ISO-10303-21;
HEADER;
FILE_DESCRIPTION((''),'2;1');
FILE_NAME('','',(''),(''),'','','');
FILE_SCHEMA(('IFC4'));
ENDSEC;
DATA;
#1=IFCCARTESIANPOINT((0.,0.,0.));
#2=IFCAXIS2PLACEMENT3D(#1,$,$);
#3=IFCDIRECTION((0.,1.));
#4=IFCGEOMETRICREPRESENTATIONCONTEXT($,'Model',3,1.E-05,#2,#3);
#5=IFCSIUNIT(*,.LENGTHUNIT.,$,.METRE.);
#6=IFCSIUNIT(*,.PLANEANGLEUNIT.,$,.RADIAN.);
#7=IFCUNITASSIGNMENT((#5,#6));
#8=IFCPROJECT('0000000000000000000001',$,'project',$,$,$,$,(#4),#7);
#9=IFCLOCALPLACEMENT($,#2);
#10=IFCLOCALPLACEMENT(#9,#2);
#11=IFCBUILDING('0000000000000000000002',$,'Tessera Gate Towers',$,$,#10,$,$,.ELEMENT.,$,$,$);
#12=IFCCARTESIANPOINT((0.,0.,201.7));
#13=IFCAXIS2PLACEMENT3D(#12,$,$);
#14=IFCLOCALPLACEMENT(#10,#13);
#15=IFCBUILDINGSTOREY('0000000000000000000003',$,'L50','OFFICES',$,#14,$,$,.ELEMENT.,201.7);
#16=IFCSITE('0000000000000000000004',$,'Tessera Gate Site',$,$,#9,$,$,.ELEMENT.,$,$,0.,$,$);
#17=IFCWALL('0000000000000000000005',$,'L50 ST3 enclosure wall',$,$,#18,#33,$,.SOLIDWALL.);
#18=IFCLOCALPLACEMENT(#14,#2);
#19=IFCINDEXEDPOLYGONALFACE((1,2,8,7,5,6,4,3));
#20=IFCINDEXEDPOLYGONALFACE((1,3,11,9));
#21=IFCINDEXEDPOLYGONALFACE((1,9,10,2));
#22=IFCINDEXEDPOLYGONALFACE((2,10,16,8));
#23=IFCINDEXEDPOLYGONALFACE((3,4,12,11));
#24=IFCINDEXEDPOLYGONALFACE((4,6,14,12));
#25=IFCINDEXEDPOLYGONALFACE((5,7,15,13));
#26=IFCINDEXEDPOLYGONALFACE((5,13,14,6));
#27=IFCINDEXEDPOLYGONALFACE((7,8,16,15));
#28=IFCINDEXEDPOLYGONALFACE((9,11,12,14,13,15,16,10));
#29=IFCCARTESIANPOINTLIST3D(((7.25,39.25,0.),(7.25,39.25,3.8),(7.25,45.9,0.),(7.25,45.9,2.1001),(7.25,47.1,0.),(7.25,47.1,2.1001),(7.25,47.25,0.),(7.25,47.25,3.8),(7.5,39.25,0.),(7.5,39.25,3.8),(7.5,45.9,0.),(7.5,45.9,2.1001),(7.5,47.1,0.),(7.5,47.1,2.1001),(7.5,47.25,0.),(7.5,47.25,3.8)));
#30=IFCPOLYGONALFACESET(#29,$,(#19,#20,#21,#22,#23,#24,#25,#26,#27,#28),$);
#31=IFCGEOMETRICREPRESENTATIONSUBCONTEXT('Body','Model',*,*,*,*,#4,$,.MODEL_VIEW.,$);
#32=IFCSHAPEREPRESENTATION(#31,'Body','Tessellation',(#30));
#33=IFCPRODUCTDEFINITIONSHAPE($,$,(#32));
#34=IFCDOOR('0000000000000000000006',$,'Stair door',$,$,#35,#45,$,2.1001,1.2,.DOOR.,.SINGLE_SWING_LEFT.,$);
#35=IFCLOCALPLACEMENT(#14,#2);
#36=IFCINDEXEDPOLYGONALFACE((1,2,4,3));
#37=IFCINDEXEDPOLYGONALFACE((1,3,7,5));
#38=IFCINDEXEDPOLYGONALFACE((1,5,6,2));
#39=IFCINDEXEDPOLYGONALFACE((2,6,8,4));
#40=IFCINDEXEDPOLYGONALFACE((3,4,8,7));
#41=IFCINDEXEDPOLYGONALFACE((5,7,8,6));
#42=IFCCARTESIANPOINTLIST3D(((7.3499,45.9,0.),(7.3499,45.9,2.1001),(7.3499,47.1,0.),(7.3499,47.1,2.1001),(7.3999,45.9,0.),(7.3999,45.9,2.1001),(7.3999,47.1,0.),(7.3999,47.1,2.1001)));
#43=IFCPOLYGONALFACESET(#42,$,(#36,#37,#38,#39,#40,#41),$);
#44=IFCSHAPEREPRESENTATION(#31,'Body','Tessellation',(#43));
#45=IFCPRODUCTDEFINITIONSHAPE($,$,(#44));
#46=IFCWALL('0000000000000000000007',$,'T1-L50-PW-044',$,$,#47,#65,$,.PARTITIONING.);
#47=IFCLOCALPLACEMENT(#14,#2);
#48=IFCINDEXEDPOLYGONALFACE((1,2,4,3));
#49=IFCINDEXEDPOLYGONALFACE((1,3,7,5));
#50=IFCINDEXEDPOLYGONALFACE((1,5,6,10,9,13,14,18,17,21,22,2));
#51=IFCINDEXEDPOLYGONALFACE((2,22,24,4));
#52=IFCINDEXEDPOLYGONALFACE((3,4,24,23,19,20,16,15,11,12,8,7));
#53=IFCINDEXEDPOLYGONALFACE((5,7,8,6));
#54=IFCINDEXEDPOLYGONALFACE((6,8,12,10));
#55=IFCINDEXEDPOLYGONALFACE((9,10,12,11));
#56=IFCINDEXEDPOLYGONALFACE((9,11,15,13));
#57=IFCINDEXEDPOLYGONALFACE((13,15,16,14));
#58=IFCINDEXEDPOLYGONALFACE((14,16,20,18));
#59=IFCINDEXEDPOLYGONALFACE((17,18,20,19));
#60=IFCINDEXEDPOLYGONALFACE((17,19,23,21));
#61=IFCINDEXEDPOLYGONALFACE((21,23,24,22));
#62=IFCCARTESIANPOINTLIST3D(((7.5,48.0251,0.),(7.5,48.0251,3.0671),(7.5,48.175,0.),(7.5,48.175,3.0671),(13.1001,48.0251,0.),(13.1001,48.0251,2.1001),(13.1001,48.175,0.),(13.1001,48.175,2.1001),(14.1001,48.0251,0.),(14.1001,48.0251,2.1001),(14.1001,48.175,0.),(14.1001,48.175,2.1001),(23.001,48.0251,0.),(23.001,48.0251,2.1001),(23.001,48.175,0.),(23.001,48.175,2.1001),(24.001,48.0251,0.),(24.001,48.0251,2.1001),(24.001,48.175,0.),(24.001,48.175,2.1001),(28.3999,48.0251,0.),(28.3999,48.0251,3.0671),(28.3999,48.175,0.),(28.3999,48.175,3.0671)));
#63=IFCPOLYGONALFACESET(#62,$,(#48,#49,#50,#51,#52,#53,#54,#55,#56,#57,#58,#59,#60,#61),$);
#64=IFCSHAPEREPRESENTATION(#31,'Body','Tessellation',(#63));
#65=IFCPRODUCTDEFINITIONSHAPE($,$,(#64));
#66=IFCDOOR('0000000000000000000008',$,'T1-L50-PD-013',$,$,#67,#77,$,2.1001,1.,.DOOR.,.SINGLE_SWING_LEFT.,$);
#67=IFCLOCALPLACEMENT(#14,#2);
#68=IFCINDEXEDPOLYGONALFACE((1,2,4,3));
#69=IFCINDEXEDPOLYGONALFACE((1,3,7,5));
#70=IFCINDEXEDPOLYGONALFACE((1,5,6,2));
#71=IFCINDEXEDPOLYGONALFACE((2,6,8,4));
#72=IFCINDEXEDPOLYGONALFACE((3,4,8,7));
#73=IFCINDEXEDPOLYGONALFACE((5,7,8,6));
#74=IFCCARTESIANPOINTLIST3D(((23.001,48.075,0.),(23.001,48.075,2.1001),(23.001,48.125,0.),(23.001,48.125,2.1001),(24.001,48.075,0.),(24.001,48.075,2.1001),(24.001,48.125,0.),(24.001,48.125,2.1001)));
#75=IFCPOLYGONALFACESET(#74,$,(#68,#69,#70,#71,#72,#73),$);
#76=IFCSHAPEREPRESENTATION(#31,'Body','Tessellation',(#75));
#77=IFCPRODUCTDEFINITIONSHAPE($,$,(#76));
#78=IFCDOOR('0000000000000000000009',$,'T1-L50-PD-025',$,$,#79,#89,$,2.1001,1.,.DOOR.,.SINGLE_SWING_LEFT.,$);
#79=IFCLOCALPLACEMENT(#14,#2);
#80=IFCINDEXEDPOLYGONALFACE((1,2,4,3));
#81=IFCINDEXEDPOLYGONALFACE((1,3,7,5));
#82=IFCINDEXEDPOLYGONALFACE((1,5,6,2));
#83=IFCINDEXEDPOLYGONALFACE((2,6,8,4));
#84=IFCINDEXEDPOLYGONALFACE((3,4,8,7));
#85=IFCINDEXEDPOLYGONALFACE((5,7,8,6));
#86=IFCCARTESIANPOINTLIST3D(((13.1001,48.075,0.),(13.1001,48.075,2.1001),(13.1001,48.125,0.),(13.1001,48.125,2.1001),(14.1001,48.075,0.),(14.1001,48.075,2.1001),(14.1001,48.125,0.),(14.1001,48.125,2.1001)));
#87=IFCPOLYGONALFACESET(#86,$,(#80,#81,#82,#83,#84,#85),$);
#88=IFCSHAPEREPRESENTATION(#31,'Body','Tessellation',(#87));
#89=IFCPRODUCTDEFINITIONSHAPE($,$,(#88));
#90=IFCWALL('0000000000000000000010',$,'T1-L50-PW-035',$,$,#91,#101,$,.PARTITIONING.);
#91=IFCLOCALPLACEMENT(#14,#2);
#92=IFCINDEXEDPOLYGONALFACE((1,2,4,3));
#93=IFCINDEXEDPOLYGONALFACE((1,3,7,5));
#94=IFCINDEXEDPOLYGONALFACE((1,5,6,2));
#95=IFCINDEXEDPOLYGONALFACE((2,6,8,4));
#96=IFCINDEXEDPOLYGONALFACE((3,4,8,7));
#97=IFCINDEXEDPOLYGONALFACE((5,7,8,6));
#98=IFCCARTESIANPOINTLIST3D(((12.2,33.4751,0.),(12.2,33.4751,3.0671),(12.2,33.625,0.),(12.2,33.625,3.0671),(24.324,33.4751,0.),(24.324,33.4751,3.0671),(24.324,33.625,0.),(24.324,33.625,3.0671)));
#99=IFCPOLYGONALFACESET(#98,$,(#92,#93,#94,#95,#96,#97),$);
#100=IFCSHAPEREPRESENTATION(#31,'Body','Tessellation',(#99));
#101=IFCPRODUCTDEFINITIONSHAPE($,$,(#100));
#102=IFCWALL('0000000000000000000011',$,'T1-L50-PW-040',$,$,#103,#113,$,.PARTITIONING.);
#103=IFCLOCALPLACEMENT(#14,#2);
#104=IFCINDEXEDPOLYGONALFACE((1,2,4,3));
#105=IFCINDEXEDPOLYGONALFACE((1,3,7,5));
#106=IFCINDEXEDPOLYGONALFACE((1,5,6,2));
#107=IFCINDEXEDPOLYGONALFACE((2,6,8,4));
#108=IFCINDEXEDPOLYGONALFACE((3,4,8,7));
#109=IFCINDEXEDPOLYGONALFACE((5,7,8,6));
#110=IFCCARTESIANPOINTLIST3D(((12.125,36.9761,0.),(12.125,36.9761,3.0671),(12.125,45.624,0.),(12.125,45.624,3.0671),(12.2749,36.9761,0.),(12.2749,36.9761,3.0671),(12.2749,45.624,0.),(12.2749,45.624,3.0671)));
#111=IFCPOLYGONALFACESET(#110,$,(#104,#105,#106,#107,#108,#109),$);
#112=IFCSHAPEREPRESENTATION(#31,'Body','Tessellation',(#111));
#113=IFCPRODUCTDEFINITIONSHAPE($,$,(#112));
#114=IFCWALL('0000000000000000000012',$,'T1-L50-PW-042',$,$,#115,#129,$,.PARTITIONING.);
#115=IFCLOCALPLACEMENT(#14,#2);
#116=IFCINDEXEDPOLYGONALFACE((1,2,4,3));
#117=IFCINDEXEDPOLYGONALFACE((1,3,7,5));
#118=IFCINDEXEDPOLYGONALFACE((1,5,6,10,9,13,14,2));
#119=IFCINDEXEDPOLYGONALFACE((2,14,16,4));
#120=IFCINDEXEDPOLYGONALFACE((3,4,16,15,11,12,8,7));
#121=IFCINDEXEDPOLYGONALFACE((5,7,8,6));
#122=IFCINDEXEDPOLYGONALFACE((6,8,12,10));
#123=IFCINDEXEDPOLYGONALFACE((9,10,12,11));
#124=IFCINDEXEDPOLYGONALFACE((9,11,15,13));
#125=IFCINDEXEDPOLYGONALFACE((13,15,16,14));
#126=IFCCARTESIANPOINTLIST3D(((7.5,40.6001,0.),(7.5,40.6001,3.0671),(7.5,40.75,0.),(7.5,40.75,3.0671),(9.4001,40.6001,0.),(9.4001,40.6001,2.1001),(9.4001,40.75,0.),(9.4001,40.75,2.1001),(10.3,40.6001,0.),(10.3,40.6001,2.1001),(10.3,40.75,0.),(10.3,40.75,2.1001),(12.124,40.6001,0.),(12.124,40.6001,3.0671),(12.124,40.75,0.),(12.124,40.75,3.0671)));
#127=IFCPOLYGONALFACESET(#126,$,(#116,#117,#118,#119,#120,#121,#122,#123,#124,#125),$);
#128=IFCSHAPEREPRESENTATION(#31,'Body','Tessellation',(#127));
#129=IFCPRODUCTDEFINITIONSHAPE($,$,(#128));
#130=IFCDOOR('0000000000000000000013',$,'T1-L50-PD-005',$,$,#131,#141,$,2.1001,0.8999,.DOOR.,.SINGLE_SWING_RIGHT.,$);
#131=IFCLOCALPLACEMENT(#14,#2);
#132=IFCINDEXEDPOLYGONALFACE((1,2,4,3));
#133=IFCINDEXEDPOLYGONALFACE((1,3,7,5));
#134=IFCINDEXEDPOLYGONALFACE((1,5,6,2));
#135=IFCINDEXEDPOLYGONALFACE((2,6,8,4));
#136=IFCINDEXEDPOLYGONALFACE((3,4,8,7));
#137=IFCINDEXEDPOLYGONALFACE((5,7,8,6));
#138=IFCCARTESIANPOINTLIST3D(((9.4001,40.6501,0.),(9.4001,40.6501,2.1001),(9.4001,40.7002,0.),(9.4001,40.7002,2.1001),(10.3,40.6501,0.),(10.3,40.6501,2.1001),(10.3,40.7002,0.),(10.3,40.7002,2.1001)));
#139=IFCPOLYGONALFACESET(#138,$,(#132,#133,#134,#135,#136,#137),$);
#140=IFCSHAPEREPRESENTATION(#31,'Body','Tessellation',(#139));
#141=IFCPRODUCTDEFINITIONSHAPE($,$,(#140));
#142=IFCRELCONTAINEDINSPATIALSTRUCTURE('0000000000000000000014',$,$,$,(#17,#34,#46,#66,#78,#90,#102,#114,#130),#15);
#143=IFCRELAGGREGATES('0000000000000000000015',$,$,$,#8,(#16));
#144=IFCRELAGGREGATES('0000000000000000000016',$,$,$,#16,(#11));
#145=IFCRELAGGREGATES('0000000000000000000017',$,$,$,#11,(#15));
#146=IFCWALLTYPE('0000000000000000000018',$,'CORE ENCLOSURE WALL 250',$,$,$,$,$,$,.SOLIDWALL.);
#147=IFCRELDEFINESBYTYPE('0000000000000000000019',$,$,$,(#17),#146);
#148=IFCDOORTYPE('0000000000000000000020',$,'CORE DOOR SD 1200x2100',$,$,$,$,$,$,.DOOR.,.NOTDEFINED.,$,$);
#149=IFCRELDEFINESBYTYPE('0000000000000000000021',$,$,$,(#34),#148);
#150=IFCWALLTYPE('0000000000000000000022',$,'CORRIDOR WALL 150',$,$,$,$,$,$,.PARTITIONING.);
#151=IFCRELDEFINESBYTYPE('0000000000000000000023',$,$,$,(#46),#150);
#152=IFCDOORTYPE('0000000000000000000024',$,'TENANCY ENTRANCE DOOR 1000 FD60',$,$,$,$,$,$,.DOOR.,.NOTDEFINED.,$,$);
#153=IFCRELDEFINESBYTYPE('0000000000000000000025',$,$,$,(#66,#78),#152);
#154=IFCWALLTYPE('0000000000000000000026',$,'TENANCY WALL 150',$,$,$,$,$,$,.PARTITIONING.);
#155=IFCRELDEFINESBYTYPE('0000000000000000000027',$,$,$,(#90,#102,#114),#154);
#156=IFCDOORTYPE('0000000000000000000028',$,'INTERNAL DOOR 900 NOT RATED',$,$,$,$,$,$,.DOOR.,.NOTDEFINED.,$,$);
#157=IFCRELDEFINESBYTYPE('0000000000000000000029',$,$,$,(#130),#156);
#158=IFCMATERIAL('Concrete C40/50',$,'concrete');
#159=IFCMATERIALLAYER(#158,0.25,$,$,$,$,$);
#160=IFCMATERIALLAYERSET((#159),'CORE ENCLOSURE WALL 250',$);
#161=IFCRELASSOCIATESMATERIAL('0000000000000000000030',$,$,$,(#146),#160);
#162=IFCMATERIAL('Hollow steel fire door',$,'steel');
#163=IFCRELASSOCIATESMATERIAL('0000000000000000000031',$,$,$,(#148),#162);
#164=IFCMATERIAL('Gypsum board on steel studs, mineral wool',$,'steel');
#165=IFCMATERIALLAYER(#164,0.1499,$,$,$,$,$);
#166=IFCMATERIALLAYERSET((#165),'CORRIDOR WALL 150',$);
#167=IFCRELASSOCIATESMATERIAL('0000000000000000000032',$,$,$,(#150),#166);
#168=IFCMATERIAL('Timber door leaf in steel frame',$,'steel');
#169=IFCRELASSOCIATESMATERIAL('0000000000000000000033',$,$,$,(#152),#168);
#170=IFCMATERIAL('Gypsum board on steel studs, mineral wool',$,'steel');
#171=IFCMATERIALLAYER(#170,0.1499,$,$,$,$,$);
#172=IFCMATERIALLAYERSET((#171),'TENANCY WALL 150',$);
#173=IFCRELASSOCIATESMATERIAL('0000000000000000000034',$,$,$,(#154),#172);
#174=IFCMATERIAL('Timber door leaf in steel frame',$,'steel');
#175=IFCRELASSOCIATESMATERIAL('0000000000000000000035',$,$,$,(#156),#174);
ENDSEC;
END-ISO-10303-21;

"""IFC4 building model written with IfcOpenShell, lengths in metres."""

from ifc_helpers import new_model, si_unit, direction, frame, frame_2d, origin, place, context, subcontext, project, spatial, rectangle, extrude, source, transform, mapped, material, layer, layer_set, type_object, element, fill, save


model = new_model("IFC4")

# Units and contexts
model_context = context("Model", 3, precision=1e-05, world=origin(), true_north=direction((0.0, 1.0)))
body_context = subcontext(model_context, "Body", "Model", "MODEL_VIEW")
ifc_project = project(units=[si_unit("LENGTHUNIT", "METRE"), si_unit("PLANEANGLEUNIT", "RADIAN")], contexts=[model_context])

# Site, building, storey
site_placement = place(None, origin())
site = spatial("IfcSite", under=ifc_project, at=site_placement, Name="Tessera Gate Site", CompositionType="ELEMENT", RefElevation=0.0)
building_placement = place(site_placement, origin())
building = spatial("IfcBuilding", under=site, at=building_placement, Name="Tessera Gate Towers", CompositionType="ELEMENT")
storey_placement = place(building_placement, frame((0.0, 0.0, 201.7)))
storey = spatial("IfcBuildingStorey", under=building, at=storey_placement, Name="L50", Description="OFFICES", CompositionType="ELEMENT", Elevation=201.7)

# Shared definitions
ifc_material_1 = material(Name="Concrete C40/50", Category="concrete")
ifc_layer_1 = layer(ifc_material_1, 0.25)
ifc_layer_set_1 = layer_set([ifc_layer_1], Name="CORE ENCLOSURE WALL 250")
wall_type_1 = type_object("IfcWallType", Name="CORE ENCLOSURE WALL 250", PredefinedType="SOLIDWALL", material=ifc_layer_set_1)

# Wall, opening, door
wall_1_placement = place(storey_placement, frame((7.375, 47.25, 0.0), z_axis=(0.0, 0.0, 1.0), x_axis=(0.0, -1.0, 0.0)))
wall_1 = element("IfcWall", 1, at=wall_1_placement, inside=storey, type_object=wall_type_1, Name="L50 ST3 enclosure wall", PredefinedType="SOLIDWALL", context=body_context, shape_type="SweptSolid", body=[
    extrude(rectangle(XDim=8.0, YDim=0.25, at=frame_2d((4.0, 0.0))), origin(), (0.0, 0.0, 1.0), 3.8),
])
shared_shape_1 = source(origin(), body_context, "Body", "SweptSolid", [
    extrude(rectangle(XDim=1.2, YDim=2.1001, at=frame_2d((0.6001, 1.05))), frame((0.0, 0.135, 0.0), z_axis=(0.0, -1.0, 0.0), x_axis=(1.0, 0.0, 0.0)), (0.0, 0.0, 1.0), 0.27),
])
opening_1_placement = place(wall_1_placement, frame((0.1499, 0.0, 0.0)))
opening_1 = element("IfcOpeningElement", 2, at=opening_1_placement, cuts=wall_1, PredefinedType="OPENING", context=body_context, shape_type="MappedRepresentation", body=[
    mapped(shared_shape_1, transform((0.0, 0.0, 0.0), scale=1.0)),
])
ifc_material_2 = material(Name="Hollow steel fire door", Category="steel")
door_type_1 = type_object("IfcDoorType", Name="CORE DOOR SD 1200x2100", OperationType="NOTDEFINED", PredefinedType="DOOR", material=ifc_material_2)
shared_shape_2 = source(origin(), body_context, "Body", "SweptSolid", [
    extrude(rectangle(XDim=1.2, YDim=2.1001, at=frame_2d((0.6001, 1.05))), frame((0.0, 0.0249, 0.0), z_axis=(0.0, -1.0, 0.0), x_axis=(1.0, 0.0, 0.0)), (0.0, 0.0, 1.0), 0.05),
])
door_1_placement = place(opening_1_placement, origin())
door_1 = element("IfcDoor", 3, at=door_1_placement, inside=storey, type_object=door_type_1, Name="Stair door", OperationType="SINGLE_SWING_LEFT", OverallHeight=2.1001, OverallWidth=1.2, PredefinedType="DOOR", context=body_context, shape_type="MappedRepresentation", body=[
    mapped(shared_shape_2, transform((0.0, 0.0, 0.0), scale=1.0)),
])
fill(opening_1, door_1)

# Wall, openings, doors
ifc_material_3 = material(Name="Gypsum board on steel studs, mineral wool", Category="steel")
ifc_layer_2 = layer(ifc_material_3, 0.1499)
ifc_layer_set_2 = layer_set([ifc_layer_2], Name="CORRIDOR WALL 150")
wall_type_2 = type_object("IfcWallType", Name="CORRIDOR WALL 150", PredefinedType="PARTITIONING", material=ifc_layer_set_2)
wall_2_placement = place(storey_placement, frame((7.5, 48.1001, 0.0), z_axis=(0.0, 0.0, 1.0), x_axis=(1.0, 0.0, 0.0)))
wall_2 = element("IfcWall", 4, at=wall_2_placement, inside=storey, type_object=wall_type_2, Name="T1-L50-PW-044", PredefinedType="PARTITIONING", context=body_context, shape_type="SweptSolid", body=[
    extrude(rectangle(XDim=20.8999, YDim=0.1499, at=frame_2d((10.45, 0.0))), origin(), (0.0, 0.0, 1.0), 3.0671),
])
shared_shape_3 = source(origin(), body_context, "Body", "SweptSolid", [
    extrude(rectangle(XDim=1.0, YDim=2.1001, at=frame_2d((0.5, 1.05))), frame((0.0, 0.085, 0.0), z_axis=(0.0, -1.0, 0.0), x_axis=(1.0, 0.0, 0.0)), (0.0, 0.0, 1.0), 0.1699),
])
opening_2_placement = place(wall_2_placement, frame((15.501, 0.0, 0.0)))
opening_2 = element("IfcOpeningElement", 5, at=opening_2_placement, cuts=wall_2, PredefinedType="OPENING", context=body_context, shape_type="MappedRepresentation", body=[
    mapped(shared_shape_3, transform((0.0, 0.0, 0.0), scale=1.0)),
])
opening_3_placement = place(wall_2_placement, frame((5.6001, 0.0, 0.0)))
opening_3 = element("IfcOpeningElement", 6, at=opening_3_placement, cuts=wall_2, PredefinedType="OPENING", context=body_context, shape_type="MappedRepresentation", body=[
    mapped(shared_shape_3, transform((0.0, 0.0, 0.0), scale=1.0)),
])
ifc_material_4 = material(Name="Timber door leaf in steel frame", Category="steel")
door_type_2 = type_object("IfcDoorType", Name="TENANCY ENTRANCE DOOR 1000 FD60", OperationType="NOTDEFINED", PredefinedType="DOOR", material=ifc_material_4)
shared_shape_4 = source(origin(), body_context, "Body", "SweptSolid", [
    extrude(rectangle(XDim=1.0, YDim=2.1001, at=frame_2d((0.5, 1.05))), frame((0.0, 0.0249, 0.0), z_axis=(0.0, -1.0, 0.0), x_axis=(1.0, 0.0, 0.0)), (0.0, 0.0, 1.0), 0.05),
])
door_2_placement = place(opening_2_placement, origin())
door_2 = element("IfcDoor", 7, at=door_2_placement, inside=storey, type_object=door_type_2, Name="T1-L50-PD-013", OperationType="SINGLE_SWING_LEFT", OverallHeight=2.1001, OverallWidth=1.0, PredefinedType="DOOR", context=body_context, shape_type="MappedRepresentation", body=[
    mapped(shared_shape_4, transform((0.0, 0.0, 0.0), scale=1.0)),
])
fill(opening_2, door_2)
door_3_placement = place(opening_3_placement, origin())
door_3 = element("IfcDoor", 8, at=door_3_placement, inside=storey, type_object=door_type_2, Name="T1-L50-PD-025", OperationType="SINGLE_SWING_LEFT", OverallHeight=2.1001, OverallWidth=1.0, PredefinedType="DOOR", context=body_context, shape_type="MappedRepresentation", body=[
    mapped(shared_shape_4, transform((0.0, 0.0, 0.0), scale=1.0)),
])
fill(opening_3, door_3)

# Walls
ifc_material_5 = material(Name="Gypsum board on steel studs, mineral wool", Category="steel")
ifc_layer_3 = layer(ifc_material_5, 0.1499)
ifc_layer_set_3 = layer_set([ifc_layer_3], Name="TENANCY WALL 150")
wall_type_3 = type_object("IfcWallType", Name="TENANCY WALL 150", PredefinedType="PARTITIONING", material=ifc_layer_set_3)
wall_3_placement = place(storey_placement, frame((12.2, 33.55, 0.0), z_axis=(0.0, 0.0, 1.0), x_axis=(1.0, 0.0, 0.0)))
element("IfcWall", 9, at=wall_3_placement, inside=storey, type_object=wall_type_3, Name="T1-L50-PW-035", PredefinedType="PARTITIONING", context=body_context, shape_type="SweptSolid", body=[
    extrude(rectangle(XDim=12.124, YDim=0.1499, at=frame_2d((6.062, 0.0))), origin(), (0.0, 0.0, 1.0), 3.0671),
])
wall_4_placement = place(storey_placement, frame((12.2, 36.9761, 0.0), z_axis=(0.0, 0.0, 1.0), x_axis=(0.0, 1.0, 0.0)))
element("IfcWall", 10, at=wall_4_placement, inside=storey, type_object=wall_type_3, Name="T1-L50-PW-040", PredefinedType="PARTITIONING", context=body_context, shape_type="SweptSolid", body=[
    extrude(rectangle(XDim=8.6479, YDim=0.1499, at=frame_2d((4.324, 0.0))), origin(), (0.0, 0.0, 1.0), 3.0671),
])

# Wall, opening, door
wall_5_placement = place(storey_placement, frame((12.124, 40.675, 0.0), z_axis=(0.0, 0.0, 1.0), x_axis=(-1.0, 0.0, 0.0)))
wall_5 = element("IfcWall", 11, at=wall_5_placement, inside=storey, type_object=wall_type_3, Name="T1-L50-PW-042", PredefinedType="PARTITIONING", context=body_context, shape_type="SweptSolid", body=[
    extrude(rectangle(XDim=4.624, YDim=0.1499, at=frame_2d((2.312, 0.0))), origin(), (0.0, 0.0, 1.0), 3.0671),
])
shared_shape_5 = source(origin(), body_context, "Body", "SweptSolid", [
    extrude(rectangle(XDim=0.8999, YDim=2.1001, at=frame_2d((0.45, 1.05))), frame((0.0, 0.085, 0.0), z_axis=(0.0, -1.0, 0.0), x_axis=(1.0, 0.0, 0.0)), (0.0, 0.0, 1.0), 0.1699),
])
opening_4_placement = place(wall_5_placement, frame((1.824, 0.0, 0.0)))
opening_4 = element("IfcOpeningElement", 12, at=opening_4_placement, cuts=wall_5, PredefinedType="OPENING", context=body_context, shape_type="MappedRepresentation", body=[
    mapped(shared_shape_5, transform((0.0, 0.0, 0.0), scale=1.0)),
])
ifc_material_6 = material(Name="Timber door leaf in steel frame", Category="steel")
door_type_3 = type_object("IfcDoorType", Name="INTERNAL DOOR 900 NOT RATED", OperationType="NOTDEFINED", PredefinedType="DOOR", material=ifc_material_6)
shared_shape_6 = source(origin(), body_context, "Body", "SweptSolid", [
    extrude(rectangle(XDim=0.8999, YDim=2.1001, at=frame_2d((0.45, 1.05))), frame((0.0, 0.0249, 0.0), z_axis=(0.0, -1.0, 0.0), x_axis=(1.0, 0.0, 0.0)), (0.0, 0.0, 1.0), 0.05),
])
door_4_placement = place(opening_4_placement, origin())
door_4 = element("IfcDoor", 13, at=door_4_placement, inside=storey, type_object=door_type_3, Name="T1-L50-PD-005", OperationType="SINGLE_SWING_RIGHT", OverallHeight=2.1001, OverallWidth=0.8999, PredefinedType="DOOR", context=body_context, shape_type="MappedRepresentation", body=[
    mapped(shared_shape_6, transform((0.0, 0.0, 0.0), scale=1.0)),
])
fill(opening_4, door_4)

save(model, "model.ifc")
